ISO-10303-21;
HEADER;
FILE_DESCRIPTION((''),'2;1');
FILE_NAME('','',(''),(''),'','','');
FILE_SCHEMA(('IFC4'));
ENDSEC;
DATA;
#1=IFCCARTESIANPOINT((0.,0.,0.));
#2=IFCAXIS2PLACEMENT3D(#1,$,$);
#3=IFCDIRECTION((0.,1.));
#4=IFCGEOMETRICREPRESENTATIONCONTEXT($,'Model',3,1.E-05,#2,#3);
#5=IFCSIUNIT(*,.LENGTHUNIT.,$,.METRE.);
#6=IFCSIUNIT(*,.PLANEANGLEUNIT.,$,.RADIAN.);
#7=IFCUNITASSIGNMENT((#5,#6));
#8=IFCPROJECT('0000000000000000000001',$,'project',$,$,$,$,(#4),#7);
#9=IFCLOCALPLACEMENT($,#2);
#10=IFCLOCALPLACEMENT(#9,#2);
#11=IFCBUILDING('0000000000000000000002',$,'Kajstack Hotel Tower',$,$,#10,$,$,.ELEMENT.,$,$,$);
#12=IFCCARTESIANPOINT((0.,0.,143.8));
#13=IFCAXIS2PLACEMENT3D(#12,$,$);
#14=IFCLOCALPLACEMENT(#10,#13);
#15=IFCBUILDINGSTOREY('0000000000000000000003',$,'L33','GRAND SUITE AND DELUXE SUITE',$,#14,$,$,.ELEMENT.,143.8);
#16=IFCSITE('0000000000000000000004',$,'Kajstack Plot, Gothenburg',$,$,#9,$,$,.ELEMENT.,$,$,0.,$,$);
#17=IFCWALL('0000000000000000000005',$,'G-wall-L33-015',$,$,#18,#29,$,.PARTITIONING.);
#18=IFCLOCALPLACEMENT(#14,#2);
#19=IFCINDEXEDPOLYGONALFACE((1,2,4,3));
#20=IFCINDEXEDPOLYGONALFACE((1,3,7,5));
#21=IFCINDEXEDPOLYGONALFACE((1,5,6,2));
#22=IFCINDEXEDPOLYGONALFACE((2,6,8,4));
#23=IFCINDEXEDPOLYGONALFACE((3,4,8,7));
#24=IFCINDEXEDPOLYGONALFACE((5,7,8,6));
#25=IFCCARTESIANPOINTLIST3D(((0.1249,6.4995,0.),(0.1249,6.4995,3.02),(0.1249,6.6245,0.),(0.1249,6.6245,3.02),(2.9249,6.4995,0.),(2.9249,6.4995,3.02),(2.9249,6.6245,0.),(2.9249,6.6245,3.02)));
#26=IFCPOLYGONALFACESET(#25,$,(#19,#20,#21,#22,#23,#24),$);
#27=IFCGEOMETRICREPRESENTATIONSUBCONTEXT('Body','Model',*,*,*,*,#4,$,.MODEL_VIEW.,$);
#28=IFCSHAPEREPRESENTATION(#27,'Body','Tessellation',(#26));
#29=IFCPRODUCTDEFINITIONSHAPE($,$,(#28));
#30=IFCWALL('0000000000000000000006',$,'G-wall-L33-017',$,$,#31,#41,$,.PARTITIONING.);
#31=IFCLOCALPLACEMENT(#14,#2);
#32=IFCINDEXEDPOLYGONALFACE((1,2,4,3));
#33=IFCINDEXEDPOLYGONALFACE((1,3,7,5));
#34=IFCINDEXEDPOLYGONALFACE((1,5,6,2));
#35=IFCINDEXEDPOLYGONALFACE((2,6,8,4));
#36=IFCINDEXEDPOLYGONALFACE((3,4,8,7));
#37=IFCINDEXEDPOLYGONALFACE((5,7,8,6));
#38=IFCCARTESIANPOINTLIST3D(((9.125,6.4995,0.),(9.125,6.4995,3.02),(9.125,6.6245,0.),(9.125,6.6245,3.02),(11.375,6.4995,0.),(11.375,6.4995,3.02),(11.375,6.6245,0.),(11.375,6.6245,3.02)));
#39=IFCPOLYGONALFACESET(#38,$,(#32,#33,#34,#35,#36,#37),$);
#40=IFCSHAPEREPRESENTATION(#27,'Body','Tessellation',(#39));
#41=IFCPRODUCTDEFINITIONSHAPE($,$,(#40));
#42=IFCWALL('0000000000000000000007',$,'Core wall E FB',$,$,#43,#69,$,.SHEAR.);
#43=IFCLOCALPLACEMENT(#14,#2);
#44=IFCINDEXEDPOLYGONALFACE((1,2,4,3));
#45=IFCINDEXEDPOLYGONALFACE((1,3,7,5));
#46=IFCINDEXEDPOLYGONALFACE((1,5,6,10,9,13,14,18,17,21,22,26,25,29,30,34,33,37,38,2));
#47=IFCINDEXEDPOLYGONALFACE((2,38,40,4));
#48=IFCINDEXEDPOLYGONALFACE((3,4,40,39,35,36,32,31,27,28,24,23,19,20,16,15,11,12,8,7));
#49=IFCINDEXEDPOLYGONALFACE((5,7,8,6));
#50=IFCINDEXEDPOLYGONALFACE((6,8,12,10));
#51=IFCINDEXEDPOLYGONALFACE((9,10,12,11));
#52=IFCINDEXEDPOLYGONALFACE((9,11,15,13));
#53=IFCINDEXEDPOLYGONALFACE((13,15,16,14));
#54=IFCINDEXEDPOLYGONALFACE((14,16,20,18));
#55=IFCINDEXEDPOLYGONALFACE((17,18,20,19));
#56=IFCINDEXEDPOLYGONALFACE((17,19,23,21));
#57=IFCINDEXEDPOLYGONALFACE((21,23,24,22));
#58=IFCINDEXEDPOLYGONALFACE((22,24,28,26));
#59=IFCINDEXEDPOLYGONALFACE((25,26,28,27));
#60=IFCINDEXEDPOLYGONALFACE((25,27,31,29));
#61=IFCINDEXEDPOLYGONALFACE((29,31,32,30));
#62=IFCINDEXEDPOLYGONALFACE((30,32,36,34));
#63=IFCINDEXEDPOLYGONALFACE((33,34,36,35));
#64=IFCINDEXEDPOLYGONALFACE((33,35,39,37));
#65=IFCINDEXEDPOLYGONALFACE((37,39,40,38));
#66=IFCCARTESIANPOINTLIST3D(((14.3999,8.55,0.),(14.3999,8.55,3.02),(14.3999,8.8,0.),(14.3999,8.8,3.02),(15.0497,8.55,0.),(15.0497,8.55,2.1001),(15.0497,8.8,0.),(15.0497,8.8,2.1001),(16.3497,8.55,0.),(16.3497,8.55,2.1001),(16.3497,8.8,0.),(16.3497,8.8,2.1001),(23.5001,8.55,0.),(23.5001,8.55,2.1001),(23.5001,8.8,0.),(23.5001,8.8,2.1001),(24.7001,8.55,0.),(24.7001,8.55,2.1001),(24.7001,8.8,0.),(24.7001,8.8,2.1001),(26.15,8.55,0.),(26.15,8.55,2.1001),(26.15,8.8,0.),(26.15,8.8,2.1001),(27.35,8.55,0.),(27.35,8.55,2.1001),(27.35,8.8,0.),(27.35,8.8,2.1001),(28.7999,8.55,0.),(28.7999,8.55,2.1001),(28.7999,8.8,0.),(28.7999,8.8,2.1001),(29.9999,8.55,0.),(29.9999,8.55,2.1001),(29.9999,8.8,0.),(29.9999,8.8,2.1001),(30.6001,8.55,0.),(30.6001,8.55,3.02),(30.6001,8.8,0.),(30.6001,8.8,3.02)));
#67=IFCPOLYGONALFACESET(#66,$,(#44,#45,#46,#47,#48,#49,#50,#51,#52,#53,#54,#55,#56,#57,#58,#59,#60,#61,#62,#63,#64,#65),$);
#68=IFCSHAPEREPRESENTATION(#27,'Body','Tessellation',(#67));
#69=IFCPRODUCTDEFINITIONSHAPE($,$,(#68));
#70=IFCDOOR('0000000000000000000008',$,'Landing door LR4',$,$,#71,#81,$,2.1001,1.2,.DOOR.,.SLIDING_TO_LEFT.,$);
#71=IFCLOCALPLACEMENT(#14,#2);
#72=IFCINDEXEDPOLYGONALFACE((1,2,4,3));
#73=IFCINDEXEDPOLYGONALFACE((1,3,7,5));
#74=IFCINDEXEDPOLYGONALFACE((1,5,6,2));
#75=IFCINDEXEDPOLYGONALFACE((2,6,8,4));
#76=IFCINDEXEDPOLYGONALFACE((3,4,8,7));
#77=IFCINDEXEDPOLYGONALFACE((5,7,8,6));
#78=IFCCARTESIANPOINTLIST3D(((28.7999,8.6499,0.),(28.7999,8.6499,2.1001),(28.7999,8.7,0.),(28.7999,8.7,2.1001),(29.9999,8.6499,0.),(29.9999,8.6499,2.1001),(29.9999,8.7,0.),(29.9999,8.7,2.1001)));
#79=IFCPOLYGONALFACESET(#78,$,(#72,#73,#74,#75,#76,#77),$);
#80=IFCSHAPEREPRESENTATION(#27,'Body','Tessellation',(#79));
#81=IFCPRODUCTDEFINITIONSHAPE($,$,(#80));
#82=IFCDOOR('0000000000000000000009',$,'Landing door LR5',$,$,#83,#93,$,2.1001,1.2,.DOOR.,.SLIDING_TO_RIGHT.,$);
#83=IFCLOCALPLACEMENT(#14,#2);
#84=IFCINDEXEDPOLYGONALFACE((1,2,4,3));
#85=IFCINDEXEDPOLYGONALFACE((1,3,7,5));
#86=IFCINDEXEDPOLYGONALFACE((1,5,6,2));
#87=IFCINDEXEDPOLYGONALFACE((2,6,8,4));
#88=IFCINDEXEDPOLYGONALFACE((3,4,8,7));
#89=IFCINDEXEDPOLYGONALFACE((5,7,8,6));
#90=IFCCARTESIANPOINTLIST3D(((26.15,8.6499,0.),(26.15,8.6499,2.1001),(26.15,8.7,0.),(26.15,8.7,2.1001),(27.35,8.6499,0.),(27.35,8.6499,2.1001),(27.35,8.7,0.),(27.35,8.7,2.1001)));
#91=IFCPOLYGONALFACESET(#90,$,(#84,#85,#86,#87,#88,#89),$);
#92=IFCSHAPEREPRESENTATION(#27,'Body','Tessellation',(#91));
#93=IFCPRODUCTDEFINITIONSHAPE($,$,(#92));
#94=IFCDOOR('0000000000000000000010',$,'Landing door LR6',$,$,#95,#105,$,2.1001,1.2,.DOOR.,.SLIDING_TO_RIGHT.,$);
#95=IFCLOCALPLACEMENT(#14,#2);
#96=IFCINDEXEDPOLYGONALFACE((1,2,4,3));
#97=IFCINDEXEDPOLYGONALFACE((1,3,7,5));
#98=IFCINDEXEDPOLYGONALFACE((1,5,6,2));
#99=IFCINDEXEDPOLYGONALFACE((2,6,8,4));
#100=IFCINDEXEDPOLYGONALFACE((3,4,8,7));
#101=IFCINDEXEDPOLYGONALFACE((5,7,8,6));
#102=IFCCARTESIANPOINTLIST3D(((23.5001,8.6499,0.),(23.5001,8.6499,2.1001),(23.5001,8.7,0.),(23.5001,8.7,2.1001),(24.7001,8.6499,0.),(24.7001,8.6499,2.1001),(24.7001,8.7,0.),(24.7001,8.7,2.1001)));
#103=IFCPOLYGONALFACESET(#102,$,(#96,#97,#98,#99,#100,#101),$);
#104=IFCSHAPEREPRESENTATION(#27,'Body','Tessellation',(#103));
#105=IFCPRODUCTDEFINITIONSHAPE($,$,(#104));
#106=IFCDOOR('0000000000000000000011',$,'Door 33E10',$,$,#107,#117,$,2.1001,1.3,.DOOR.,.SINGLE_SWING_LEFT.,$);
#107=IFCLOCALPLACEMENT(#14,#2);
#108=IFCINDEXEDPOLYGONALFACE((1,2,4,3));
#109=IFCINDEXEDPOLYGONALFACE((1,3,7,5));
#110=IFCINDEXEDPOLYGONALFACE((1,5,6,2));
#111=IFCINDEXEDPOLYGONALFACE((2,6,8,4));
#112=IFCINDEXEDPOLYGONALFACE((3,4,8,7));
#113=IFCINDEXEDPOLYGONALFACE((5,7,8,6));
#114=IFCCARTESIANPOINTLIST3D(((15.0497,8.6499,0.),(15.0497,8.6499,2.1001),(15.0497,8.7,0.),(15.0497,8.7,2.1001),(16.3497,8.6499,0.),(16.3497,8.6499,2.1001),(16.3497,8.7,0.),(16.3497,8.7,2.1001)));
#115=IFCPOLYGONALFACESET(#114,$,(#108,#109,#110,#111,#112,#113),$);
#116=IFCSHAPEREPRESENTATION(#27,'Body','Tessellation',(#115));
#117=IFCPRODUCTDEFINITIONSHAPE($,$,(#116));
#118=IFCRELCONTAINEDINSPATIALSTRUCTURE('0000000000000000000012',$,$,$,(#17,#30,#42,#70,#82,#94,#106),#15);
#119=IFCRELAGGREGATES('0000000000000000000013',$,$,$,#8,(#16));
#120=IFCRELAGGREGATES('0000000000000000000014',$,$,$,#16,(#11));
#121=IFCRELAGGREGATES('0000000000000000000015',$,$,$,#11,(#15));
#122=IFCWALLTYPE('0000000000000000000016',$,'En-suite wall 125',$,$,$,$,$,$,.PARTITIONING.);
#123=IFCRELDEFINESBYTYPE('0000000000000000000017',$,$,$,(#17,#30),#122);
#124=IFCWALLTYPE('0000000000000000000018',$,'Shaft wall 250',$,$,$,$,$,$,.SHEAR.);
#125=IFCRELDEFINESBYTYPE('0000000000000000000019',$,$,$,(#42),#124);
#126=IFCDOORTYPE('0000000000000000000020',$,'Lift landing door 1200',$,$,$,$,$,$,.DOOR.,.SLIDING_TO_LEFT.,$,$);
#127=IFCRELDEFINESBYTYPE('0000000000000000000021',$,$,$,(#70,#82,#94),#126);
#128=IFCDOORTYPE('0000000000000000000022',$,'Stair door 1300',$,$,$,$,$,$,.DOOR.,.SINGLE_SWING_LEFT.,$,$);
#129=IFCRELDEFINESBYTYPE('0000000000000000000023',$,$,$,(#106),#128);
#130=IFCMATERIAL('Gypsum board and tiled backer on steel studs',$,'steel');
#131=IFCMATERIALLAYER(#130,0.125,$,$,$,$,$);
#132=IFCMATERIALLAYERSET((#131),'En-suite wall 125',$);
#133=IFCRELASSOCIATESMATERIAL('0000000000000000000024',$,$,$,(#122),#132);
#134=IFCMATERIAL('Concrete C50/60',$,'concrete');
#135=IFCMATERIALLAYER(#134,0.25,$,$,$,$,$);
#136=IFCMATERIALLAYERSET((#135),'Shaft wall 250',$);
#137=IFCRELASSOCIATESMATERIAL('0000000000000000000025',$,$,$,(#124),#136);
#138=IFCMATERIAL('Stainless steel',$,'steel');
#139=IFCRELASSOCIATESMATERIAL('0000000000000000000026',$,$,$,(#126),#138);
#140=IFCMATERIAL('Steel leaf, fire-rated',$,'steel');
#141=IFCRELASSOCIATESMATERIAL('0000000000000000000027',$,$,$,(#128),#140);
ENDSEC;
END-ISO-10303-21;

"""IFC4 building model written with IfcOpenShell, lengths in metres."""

from ifc_helpers import new_model, si_unit, direction, frame, frame_2d, origin, place, context, subcontext, project, spatial, rectangle, extrude, material, layer, layer_set, type_object, element, fill, save


model = new_model("IFC4")

# Units and contexts
model_context = context("Model", 3, precision=1e-05, world=origin(), true_north=direction((0.0, 1.0)))
body_context = subcontext(model_context, "Body", "Model", "MODEL_VIEW")
ifc_project = project(units=[si_unit("LENGTHUNIT", "METRE"), si_unit("PLANEANGLEUNIT", "RADIAN")], contexts=[model_context])

# Site, building, storey
site_placement = place(None, origin())
site = spatial("IfcSite", under=ifc_project, at=site_placement, Name="Kajstack Plot, Gothenburg", CompositionType="ELEMENT", RefElevation=0.0)
building_placement = place(site_placement, origin())
building = spatial("IfcBuilding", under=site, at=building_placement, Name="Kajstack Hotel Tower", CompositionType="ELEMENT")
storey_placement = place(building_placement, frame((0.0, 0.0, 143.8)))
storey = spatial("IfcBuildingStorey", under=building, at=storey_placement, Name="L33", Description="GRAND SUITE AND DELUXE SUITE", CompositionType="ELEMENT", Elevation=143.8)

# Walls
ifc_material_1 = material(Name="Gypsum board and tiled backer on steel studs", Category="steel")
ifc_layer_1 = layer(ifc_material_1, 0.125)
ifc_layer_set_1 = layer_set([ifc_layer_1], Name="En-suite wall 125")
wall_type_1 = type_object("IfcWallType", Name="En-suite wall 125", PredefinedType="PARTITIONING", material=ifc_layer_set_1)
wall_1_placement = place(storey_placement, frame((0.125, 6.562, 0.0), z_axis=(0.0, 0.0, 1.0), x_axis=(1.0, 0.0, 0.0)))
element("IfcWall", 1, at=wall_1_placement, inside=storey, type_object=wall_type_1, Name="G-wall-L33-015", PredefinedType="PARTITIONING", context=body_context, shape_type="SweptSolid", body=[
    extrude(rectangle(XDim=2.8, YDim=0.125, at=frame_2d((1.3999, 0.0))), origin(), (0.0, 0.0, 1.0), 3.02),
])
wall_2_placement = place(storey_placement, frame((9.125, 6.562, 0.0), z_axis=(0.0, 0.0, 1.0), x_axis=(1.0, 0.0, 0.0)))
element("IfcWall", 2, at=wall_2_placement, inside=storey, type_object=wall_type_1, Name="G-wall-L33-017", PredefinedType="PARTITIONING", context=body_context, shape_type="SweptSolid", body=[
    extrude(rectangle(XDim=2.25, YDim=0.125, at=frame_2d((1.125, 0.0))), origin(), (0.0, 0.0, 1.0), 3.02),
])

# Wall, openings, doors
ifc_material_2 = material(Name="Concrete C50/60", Category="concrete")
ifc_layer_2 = layer(ifc_material_2, 0.25)
ifc_layer_set_2 = layer_set([ifc_layer_2], Name="Shaft wall 250")
wall_type_2 = type_object("IfcWallType", Name="Shaft wall 250", PredefinedType="SHEAR", material=ifc_layer_set_2)
wall_3_placement = place(storey_placement, frame((14.3999, 8.675, 0.0), z_axis=(0.0, 0.0, 1.0), x_axis=(1.0, 0.0, 0.0)))
wall_3 = element("IfcWall", 3, at=wall_3_placement, inside=storey, type_object=wall_type_2, Name="Core wall E FB", PredefinedType="SHEAR", context=body_context, shape_type="SweptSolid", body=[
    extrude(rectangle(XDim=16.2002, YDim=0.25, at=frame_2d((8.1001, 0.0))), origin(), (0.0, 0.0, 1.0), 3.02),
])
opening_1_placement = place(wall_3_placement, frame((14.3999, 0.0, 0.0)))
opening_1 = element("IfcOpeningElement", 4, at=opening_1_placement, cuts=wall_3, PredefinedType="OPENING", context=body_context, shape_type="SweptSolid", body=[
    extrude(rectangle(XDim=1.2, YDim=2.1001, at=frame_2d((0.6001, 1.05))), frame((0.0, 0.135, 0.0), z_axis=(0.0, -1.0, 0.0), x_axis=(1.0, 0.0, 0.0)), (0.0, 0.0, 1.0), 0.27),
])
opening_2_placement = place(wall_3_placement, frame((11.75, 0.0, 0.0)))
opening_2 = element("IfcOpeningElement", 5, at=opening_2_placement, cuts=wall_3, PredefinedType="OPENING", context=body_context, shape_type="SweptSolid", body=[
    extrude(rectangle(XDim=1.2, YDim=2.1001, at=frame_2d((0.6001, 1.05))), frame((0.0, 0.135, 0.0), z_axis=(0.0, -1.0, 0.0), x_axis=(1.0, 0.0, 0.0)), (0.0, 0.0, 1.0), 0.27),
])
opening_3_placement = place(wall_3_placement, frame((9.1001, 0.0, 0.0)))
opening_3 = element("IfcOpeningElement", 6, at=opening_3_placement, cuts=wall_3, PredefinedType="OPENING", context=body_context, shape_type="SweptSolid", body=[
    extrude(rectangle(XDim=1.2, YDim=2.1001, at=frame_2d((0.6001, 1.05))), frame((0.0, 0.135, 0.0), z_axis=(0.0, -1.0, 0.0), x_axis=(1.0, 0.0, 0.0)), (0.0, 0.0, 1.0), 0.27),
])
opening_4_placement = place(wall_3_placement, frame((0.6499, 0.0, 0.0)))
opening_4 = element("IfcOpeningElement", 7, at=opening_4_placement, cuts=wall_3, PredefinedType="OPENING", context=body_context, shape_type="SweptSolid", body=[
    extrude(rectangle(XDim=1.3, YDim=2.1001, at=frame_2d((0.6499, 1.05))), frame((0.0, 0.135, 0.0), z_axis=(0.0, -1.0, 0.0), x_axis=(1.0, 0.0, 0.0)), (0.0, 0.0, 1.0), 0.27),
])
ifc_material_3 = material(Name="Stainless steel", Category="steel")
door_type_1 = type_object("IfcDoorType", Name="Lift landing door 1200", OperationType="SLIDING_TO_LEFT", PredefinedType="DOOR", material=ifc_material_3)
door_1_placement = place(opening_1_placement, origin())
door_1 = element("IfcDoor", 8, at=door_1_placement, inside=storey, type_object=door_type_1, Name="Landing door LR4", OperationType="SLIDING_TO_LEFT", OverallHeight=2.1001, OverallWidth=1.2, PredefinedType="DOOR", context=body_context, shape_type="SweptSolid", body=[
    extrude(rectangle(XDim=1.2, YDim=2.1001, at=frame_2d((0.6001, 1.05))), frame((0.0, 0.0249, 0.0), z_axis=(0.0, -1.0, 0.0), x_axis=(1.0, 0.0, 0.0)), (0.0, 0.0, 1.0), 0.05),
])
fill(opening_1, door_1)
door_2_placement = place(opening_2_placement, origin())
door_2 = element("IfcDoor", 9, at=door_2_placement, inside=storey, type_object=door_type_1, Name="Landing door LR5", OperationType="SLIDING_TO_RIGHT", OverallHeight=2.1001, OverallWidth=1.2, PredefinedType="DOOR", context=body_context, shape_type="SweptSolid", body=[
    extrude(rectangle(XDim=1.2, YDim=2.1001, at=frame_2d((0.6001, 1.05))), frame((0.0, 0.0249, 0.0), z_axis=(0.0, -1.0, 0.0), x_axis=(1.0, 0.0, 0.0)), (0.0, 0.0, 1.0), 0.05),
])
fill(opening_2, door_2)
door_3_placement = place(opening_3_placement, origin())
door_3 = element("IfcDoor", 10, at=door_3_placement, inside=storey, type_object=door_type_1, Name="Landing door LR6", OperationType="SLIDING_TO_RIGHT", OverallHeight=2.1001, OverallWidth=1.2, PredefinedType="DOOR", context=body_context, shape_type="SweptSolid", body=[
    extrude(rectangle(XDim=1.2, YDim=2.1001, at=frame_2d((0.6001, 1.05))), frame((0.0, 0.0249, 0.0), z_axis=(0.0, -1.0, 0.0), x_axis=(1.0, 0.0, 0.0)), (0.0, 0.0, 1.0), 0.05),
])
fill(opening_3, door_3)
ifc_material_4 = material(Name="Steel leaf, fire-rated", Category="steel")
door_type_2 = type_object("IfcDoorType", Name="Stair door 1300", OperationType="SINGLE_SWING_LEFT", PredefinedType="DOOR", material=ifc_material_4)
door_4_placement = place(opening_4_placement, origin())
door_4 = element("IfcDoor", 11, at=door_4_placement, inside=storey, type_object=door_type_2, Name="Door 33E10", OperationType="SINGLE_SWING_LEFT", OverallHeight=2.1001, OverallWidth=1.3, PredefinedType="DOOR", context=body_context, shape_type="SweptSolid", body=[
    extrude(rectangle(XDim=1.3, YDim=2.1001, at=frame_2d((0.6499, 1.05))), frame((0.0, 0.0249, 0.0), z_axis=(0.0, -1.0, 0.0), x_axis=(1.0, 0.0, 0.0)), (0.0, 0.0, 1.0), 0.05),
])
fill(opening_4, door_4)

save(model, "model.ifc")
